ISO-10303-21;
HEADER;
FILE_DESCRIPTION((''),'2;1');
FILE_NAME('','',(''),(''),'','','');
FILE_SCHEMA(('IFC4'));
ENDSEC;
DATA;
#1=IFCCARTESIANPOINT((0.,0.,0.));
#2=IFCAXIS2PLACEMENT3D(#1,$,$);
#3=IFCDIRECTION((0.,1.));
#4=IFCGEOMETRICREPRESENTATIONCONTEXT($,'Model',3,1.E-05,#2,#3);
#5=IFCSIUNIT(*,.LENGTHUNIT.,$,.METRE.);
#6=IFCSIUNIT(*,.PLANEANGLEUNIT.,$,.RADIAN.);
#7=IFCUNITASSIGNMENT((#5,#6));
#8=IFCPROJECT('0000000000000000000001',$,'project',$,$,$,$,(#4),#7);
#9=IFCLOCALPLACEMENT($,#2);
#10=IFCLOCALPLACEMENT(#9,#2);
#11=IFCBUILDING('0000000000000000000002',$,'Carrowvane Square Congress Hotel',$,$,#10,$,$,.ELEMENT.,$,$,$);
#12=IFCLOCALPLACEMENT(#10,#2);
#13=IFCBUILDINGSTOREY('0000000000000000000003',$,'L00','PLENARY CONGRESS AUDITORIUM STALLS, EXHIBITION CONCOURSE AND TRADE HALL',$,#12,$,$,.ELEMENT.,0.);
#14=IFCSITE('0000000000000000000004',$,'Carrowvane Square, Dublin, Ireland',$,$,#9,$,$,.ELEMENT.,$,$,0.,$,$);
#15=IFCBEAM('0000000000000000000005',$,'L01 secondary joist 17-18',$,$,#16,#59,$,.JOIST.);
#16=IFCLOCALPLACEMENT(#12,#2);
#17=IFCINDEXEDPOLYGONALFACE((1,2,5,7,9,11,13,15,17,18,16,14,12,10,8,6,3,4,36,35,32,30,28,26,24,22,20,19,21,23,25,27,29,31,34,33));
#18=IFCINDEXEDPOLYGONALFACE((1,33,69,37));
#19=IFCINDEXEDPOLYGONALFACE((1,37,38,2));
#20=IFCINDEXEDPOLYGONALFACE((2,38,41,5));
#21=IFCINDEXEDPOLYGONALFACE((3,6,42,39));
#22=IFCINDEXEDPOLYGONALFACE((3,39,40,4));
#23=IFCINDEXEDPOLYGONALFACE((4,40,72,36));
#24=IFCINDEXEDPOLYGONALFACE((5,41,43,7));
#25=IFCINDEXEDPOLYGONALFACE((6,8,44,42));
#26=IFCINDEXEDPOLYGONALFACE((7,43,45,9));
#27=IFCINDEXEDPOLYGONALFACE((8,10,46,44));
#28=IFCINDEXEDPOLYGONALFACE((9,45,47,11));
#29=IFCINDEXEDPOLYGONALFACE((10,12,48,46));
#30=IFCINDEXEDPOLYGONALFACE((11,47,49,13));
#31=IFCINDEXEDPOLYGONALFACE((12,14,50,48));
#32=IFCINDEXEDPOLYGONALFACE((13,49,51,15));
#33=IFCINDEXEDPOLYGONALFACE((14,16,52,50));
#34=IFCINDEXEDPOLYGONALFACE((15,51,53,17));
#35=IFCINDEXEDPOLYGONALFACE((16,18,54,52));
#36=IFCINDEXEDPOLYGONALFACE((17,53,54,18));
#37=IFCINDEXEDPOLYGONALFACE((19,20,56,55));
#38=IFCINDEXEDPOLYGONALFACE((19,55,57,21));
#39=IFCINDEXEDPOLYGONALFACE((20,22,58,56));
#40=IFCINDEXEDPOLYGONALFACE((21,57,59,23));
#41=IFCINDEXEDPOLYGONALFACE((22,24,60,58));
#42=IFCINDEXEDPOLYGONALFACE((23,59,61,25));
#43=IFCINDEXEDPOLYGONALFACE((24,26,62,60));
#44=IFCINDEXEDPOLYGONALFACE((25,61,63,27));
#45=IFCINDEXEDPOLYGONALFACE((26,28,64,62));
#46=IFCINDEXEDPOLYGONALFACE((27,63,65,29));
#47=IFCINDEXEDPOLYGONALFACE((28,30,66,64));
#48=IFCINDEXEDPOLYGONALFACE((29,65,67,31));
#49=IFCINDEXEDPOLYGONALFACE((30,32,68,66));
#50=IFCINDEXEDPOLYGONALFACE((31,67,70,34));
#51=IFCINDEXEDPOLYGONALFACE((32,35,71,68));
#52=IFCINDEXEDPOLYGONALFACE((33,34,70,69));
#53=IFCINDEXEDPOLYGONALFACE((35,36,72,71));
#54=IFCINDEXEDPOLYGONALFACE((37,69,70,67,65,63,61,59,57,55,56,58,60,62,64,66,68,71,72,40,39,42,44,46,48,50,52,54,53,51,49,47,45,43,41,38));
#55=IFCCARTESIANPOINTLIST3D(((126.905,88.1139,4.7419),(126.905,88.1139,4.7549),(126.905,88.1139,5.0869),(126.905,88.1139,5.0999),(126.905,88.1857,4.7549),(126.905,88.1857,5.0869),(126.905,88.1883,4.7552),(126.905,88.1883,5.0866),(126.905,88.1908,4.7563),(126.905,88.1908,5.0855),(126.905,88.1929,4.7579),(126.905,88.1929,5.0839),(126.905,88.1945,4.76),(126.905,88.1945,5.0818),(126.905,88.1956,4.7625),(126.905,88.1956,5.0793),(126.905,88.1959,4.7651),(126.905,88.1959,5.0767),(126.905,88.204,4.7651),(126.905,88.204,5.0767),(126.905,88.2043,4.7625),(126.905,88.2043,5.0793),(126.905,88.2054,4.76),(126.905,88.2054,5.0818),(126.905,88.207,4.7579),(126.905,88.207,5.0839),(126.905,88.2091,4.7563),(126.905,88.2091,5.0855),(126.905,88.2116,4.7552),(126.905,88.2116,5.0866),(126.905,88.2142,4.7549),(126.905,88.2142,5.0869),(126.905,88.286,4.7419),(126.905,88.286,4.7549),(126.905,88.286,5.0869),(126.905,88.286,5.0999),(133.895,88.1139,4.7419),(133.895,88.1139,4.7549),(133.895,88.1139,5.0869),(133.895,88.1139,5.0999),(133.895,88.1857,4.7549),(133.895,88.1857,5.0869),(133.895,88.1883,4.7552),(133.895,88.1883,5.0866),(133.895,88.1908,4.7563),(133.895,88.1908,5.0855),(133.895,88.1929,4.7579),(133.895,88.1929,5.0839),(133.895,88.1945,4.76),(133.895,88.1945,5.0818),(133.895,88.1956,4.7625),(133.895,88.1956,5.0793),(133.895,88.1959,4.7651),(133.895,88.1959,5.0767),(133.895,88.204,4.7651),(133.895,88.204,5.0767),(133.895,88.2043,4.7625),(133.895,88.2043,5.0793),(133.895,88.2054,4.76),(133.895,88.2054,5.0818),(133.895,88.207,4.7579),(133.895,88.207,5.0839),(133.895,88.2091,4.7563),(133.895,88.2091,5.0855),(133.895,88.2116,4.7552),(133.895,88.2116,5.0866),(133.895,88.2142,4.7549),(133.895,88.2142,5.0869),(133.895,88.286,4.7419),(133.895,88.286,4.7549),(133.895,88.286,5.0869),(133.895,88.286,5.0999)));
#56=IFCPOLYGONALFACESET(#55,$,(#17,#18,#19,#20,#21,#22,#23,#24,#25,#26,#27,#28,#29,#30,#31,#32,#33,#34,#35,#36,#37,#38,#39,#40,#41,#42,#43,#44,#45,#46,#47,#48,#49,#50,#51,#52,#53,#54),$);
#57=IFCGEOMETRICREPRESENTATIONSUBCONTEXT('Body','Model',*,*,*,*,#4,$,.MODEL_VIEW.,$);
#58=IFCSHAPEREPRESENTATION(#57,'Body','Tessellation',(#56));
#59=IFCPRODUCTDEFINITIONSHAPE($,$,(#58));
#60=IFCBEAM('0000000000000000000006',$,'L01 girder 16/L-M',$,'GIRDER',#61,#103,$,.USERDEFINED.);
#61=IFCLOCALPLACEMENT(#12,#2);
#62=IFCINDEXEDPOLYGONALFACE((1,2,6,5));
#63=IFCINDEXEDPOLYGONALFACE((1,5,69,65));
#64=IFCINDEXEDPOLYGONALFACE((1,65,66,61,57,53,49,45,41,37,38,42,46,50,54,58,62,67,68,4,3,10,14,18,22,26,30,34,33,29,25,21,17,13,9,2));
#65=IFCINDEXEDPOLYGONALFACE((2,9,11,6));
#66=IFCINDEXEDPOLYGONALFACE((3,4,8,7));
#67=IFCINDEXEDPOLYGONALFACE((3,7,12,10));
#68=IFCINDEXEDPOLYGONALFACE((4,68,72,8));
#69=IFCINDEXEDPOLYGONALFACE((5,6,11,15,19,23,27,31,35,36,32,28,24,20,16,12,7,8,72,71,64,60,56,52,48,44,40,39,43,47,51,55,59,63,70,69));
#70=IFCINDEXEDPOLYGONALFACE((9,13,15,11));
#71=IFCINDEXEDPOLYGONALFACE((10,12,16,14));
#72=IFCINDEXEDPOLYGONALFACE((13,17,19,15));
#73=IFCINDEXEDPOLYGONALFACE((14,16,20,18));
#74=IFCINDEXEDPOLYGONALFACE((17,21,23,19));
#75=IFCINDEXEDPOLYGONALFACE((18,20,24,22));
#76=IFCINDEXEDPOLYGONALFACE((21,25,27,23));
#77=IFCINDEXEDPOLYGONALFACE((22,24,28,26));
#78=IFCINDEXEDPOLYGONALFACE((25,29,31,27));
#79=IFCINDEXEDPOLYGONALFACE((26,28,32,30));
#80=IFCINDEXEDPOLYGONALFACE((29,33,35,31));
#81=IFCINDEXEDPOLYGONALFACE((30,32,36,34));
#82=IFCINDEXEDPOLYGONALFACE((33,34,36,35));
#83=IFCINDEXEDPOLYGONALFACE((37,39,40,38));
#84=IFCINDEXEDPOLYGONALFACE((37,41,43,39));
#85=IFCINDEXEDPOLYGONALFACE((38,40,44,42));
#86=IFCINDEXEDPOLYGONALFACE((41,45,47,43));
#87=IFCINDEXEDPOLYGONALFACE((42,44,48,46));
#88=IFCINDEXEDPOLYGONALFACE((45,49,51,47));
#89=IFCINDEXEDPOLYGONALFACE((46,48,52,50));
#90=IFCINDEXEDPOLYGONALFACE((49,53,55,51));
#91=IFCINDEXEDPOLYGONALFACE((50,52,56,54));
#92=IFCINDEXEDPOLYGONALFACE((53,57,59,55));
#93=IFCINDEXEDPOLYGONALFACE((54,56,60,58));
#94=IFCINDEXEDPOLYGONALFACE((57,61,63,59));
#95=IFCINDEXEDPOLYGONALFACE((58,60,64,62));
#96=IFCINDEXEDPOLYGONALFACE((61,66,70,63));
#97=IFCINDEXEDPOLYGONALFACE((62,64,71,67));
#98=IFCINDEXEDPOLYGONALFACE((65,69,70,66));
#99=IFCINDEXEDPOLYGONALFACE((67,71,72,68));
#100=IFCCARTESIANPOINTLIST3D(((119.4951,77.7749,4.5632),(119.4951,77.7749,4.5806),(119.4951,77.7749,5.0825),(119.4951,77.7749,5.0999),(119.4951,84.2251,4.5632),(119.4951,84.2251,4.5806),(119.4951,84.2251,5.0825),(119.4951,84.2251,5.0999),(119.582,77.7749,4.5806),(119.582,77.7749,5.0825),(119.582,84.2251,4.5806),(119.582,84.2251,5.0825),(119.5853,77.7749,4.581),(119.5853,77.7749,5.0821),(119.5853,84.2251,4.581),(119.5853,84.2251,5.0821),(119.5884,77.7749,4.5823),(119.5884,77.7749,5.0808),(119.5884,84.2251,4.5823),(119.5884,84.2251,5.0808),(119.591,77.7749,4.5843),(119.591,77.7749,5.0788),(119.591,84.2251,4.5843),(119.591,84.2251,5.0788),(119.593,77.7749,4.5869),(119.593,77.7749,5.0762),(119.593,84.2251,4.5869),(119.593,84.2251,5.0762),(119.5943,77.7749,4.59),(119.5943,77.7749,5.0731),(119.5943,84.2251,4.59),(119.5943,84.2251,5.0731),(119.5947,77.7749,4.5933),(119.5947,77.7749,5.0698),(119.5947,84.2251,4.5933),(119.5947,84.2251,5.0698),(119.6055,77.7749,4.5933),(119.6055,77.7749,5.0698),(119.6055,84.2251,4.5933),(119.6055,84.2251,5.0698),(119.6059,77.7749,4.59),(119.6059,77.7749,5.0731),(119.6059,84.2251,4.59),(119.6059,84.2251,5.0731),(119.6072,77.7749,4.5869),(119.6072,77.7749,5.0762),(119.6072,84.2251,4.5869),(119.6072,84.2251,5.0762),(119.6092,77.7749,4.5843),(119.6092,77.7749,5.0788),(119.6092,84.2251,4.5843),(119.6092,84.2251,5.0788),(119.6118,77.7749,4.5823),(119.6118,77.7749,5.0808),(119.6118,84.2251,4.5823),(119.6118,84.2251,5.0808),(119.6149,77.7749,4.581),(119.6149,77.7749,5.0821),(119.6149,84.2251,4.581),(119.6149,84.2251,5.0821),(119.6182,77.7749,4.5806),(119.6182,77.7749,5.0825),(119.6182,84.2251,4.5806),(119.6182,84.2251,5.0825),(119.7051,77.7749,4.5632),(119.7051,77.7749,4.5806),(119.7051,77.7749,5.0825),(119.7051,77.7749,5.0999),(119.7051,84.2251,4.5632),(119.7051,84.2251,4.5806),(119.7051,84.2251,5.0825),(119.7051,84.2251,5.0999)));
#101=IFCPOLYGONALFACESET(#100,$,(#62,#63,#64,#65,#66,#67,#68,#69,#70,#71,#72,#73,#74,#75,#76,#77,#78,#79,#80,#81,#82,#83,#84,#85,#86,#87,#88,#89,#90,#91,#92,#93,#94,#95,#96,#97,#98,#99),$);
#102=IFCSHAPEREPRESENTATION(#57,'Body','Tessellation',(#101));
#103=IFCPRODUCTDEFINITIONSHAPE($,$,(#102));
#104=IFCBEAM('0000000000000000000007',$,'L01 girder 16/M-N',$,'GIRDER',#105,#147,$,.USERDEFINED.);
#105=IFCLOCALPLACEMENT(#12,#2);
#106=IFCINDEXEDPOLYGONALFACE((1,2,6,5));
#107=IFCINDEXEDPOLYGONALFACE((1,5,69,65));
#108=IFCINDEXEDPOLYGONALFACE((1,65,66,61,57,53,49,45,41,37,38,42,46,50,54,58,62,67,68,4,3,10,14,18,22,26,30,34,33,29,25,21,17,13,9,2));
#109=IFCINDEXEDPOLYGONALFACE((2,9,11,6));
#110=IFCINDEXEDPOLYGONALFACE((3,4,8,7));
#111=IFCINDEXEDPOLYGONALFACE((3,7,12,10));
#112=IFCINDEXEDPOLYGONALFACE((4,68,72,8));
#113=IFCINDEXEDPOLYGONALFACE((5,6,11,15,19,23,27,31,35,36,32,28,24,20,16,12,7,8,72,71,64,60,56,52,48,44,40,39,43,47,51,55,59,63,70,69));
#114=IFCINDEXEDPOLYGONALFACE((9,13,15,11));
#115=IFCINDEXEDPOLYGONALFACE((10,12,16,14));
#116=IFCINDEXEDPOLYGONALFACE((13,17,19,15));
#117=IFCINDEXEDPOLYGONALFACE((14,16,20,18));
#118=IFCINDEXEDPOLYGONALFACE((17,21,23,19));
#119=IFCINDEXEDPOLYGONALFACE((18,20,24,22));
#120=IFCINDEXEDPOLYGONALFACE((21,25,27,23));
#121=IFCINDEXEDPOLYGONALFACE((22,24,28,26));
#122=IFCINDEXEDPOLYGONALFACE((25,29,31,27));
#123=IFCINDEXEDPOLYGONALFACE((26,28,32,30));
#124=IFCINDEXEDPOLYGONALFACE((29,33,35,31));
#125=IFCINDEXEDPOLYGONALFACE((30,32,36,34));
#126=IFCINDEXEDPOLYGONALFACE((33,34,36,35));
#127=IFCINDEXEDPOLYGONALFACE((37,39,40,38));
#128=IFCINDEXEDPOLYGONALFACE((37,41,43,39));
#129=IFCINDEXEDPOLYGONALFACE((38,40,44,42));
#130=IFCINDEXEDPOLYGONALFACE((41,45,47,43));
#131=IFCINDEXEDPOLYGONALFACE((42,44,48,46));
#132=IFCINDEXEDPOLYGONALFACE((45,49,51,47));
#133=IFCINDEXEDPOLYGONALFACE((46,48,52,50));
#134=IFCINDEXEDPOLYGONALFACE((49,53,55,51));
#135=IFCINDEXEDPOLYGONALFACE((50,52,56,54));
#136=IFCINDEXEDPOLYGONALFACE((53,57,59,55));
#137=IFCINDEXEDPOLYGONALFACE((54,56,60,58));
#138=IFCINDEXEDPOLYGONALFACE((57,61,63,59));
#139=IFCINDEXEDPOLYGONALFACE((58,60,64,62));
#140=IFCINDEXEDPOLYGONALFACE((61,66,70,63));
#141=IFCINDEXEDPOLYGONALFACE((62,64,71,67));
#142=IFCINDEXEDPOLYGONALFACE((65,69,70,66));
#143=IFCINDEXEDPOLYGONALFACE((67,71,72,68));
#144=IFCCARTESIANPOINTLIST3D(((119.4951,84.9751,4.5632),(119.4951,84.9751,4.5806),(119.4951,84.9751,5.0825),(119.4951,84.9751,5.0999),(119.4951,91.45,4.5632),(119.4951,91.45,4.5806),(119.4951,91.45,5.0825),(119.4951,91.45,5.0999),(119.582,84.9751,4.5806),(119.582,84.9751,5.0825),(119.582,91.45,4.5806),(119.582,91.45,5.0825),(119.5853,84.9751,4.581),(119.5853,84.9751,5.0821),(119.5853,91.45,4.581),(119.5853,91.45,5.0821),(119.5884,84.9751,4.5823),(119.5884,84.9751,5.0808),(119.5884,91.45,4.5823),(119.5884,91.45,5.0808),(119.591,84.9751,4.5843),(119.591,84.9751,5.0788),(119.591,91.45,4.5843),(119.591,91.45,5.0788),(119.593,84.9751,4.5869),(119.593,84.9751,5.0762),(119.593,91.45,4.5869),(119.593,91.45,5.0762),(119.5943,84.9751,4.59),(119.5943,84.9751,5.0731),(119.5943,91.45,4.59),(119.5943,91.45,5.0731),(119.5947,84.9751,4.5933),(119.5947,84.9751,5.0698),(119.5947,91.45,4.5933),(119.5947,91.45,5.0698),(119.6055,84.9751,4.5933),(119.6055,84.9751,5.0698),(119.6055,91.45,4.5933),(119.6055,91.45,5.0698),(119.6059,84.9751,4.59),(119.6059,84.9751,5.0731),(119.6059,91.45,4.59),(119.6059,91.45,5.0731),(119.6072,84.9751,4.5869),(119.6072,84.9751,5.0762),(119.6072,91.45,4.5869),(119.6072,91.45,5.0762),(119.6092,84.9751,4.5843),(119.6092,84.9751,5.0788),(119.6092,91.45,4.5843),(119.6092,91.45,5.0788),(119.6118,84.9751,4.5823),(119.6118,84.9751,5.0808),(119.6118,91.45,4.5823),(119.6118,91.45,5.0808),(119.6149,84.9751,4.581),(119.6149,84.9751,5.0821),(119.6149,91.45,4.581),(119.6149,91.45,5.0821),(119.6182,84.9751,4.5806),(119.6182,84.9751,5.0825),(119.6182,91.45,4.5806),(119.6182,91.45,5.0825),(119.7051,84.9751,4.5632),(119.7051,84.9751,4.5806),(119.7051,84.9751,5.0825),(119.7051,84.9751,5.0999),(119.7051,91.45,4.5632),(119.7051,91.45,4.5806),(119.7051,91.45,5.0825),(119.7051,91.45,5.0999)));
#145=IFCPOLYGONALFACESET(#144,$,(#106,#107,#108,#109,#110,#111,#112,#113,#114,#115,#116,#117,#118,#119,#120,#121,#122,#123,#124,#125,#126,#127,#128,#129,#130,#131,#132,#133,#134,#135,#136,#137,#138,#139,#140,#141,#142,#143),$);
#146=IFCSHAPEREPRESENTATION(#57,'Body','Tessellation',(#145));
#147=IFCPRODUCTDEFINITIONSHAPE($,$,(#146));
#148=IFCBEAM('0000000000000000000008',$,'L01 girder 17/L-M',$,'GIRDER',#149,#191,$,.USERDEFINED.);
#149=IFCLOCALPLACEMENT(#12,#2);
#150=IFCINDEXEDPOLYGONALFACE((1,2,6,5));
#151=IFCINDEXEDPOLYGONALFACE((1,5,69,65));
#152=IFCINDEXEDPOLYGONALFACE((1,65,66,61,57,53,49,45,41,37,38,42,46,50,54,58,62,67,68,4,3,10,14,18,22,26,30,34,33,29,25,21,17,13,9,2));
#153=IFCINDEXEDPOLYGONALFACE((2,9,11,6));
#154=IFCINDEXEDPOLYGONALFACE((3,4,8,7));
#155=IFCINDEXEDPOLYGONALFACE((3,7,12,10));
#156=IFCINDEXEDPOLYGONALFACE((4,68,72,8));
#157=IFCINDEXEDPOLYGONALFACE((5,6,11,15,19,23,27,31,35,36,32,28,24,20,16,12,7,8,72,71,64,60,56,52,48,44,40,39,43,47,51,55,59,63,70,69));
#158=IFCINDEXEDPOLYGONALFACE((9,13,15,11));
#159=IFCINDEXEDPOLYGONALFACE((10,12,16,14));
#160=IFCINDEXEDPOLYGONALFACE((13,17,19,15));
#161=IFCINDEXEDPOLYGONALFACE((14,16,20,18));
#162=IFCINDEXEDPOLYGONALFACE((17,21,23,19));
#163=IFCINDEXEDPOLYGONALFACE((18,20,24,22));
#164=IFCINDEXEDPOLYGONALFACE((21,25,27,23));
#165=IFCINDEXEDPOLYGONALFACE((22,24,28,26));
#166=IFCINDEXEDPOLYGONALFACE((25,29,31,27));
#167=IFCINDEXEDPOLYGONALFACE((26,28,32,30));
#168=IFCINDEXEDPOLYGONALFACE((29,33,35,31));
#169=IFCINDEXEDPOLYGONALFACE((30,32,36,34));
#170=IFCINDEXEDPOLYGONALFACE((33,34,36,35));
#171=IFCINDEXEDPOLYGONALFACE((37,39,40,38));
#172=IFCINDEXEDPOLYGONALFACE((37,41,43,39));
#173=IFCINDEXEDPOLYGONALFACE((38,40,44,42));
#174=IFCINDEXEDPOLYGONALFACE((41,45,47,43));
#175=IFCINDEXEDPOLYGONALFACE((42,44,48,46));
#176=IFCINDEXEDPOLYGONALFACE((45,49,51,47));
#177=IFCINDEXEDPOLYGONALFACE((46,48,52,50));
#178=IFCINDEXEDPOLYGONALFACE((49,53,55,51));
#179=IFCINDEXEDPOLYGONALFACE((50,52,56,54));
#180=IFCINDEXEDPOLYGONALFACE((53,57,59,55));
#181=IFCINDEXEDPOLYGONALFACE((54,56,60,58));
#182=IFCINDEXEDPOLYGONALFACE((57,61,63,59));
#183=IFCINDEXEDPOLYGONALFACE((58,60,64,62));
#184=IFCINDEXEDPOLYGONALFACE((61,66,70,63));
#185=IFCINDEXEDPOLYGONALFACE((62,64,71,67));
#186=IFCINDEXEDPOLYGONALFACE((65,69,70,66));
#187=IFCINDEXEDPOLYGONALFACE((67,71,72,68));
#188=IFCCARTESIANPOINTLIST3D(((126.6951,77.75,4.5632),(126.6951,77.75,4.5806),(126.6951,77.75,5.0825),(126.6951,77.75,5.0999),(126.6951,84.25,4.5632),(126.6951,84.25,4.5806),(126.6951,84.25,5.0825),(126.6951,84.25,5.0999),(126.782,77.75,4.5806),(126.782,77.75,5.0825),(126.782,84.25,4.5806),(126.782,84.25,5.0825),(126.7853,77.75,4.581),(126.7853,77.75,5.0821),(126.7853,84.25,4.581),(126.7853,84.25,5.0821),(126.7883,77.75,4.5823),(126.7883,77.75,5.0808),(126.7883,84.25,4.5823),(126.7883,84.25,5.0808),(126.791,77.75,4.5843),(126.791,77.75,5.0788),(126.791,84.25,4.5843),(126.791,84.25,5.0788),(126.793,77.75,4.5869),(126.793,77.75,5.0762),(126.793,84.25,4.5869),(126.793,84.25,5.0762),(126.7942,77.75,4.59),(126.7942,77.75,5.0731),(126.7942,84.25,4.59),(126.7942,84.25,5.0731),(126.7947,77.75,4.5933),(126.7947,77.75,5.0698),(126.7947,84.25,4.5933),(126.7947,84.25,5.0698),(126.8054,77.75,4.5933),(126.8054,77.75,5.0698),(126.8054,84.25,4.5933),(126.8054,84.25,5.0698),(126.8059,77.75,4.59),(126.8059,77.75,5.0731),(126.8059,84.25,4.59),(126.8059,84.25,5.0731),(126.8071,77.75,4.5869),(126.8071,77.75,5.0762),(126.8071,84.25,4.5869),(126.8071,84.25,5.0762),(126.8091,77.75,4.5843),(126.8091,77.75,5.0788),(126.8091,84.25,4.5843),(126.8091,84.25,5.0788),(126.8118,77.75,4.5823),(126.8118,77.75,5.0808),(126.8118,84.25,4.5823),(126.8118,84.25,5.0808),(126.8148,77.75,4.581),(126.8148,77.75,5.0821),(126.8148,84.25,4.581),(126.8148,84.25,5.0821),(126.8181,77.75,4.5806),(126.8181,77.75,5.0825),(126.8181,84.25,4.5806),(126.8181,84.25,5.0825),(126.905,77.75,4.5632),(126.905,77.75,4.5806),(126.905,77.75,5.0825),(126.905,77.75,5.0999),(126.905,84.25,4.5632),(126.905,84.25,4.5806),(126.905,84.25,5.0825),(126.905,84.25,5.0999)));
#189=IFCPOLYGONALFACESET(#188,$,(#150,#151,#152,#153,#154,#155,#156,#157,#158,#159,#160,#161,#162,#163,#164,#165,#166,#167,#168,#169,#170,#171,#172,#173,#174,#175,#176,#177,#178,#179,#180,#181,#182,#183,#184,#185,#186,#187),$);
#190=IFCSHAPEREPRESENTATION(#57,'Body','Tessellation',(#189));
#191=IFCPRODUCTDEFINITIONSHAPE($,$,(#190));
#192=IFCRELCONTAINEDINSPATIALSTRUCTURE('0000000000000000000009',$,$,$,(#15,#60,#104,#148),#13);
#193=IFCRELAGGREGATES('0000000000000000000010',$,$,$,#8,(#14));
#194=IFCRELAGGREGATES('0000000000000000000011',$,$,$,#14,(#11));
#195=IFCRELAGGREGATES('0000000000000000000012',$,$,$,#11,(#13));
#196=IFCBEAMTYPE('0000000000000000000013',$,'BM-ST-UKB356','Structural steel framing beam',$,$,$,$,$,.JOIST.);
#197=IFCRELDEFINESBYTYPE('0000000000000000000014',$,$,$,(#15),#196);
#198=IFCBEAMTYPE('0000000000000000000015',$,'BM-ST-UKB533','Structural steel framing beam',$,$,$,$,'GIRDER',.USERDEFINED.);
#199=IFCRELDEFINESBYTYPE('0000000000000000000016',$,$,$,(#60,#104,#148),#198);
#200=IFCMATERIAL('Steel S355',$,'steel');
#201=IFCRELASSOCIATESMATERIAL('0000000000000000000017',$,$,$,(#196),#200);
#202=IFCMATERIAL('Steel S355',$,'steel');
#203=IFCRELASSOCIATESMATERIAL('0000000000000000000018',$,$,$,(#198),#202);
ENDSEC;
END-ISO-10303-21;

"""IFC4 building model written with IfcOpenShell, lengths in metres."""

from ifc_helpers import new_model, si_unit, direction, frame, origin, origin_2d, place, context, subcontext, project, spatial, i_section, extrude, material, material_profile, profile_set, type_object, element, save


model = new_model("IFC4")

# Units and contexts
model_context = context("Model", 3, precision=1e-05, world=origin(), true_north=direction((0.0, 1.0)))
body_context = subcontext(model_context, "Body", "Model", "MODEL_VIEW")
ifc_project = project(units=[si_unit("LENGTHUNIT", "METRE"), si_unit("PLANEANGLEUNIT", "RADIAN")], contexts=[model_context])

# Site, building, storey
site_placement = place(None, origin())
site = spatial("IfcSite", under=ifc_project, at=site_placement, Name="Carrowvane Square, Dublin, Ireland", CompositionType="ELEMENT", RefElevation=0.0)
building_placement = place(site_placement, origin())
building = spatial("IfcBuilding", under=site, at=building_placement, Name="Carrowvane Square Congress Hotel", CompositionType="ELEMENT")
storey_placement = place(building_placement, origin())
storey = spatial("IfcBuildingStorey", under=building, at=storey_placement, Name="L00", Description="PLENARY CONGRESS AUDITORIUM STALLS, EXHIBITION CONCOURSE AND TRADE HALL", CompositionType="ELEMENT", Elevation=0.0)

# Beams
ifc_material_1 = material(Name="Steel S355", Category="steel")
ifc_material_profile_1 = material_profile(ifc_material_1, i_section(OverallWidth=0.1721, OverallDepth=0.3579, WebThickness=0.0081, FlangeThickness=0.0129, FilletRadius=0.0103, at=origin_2d()), Name="UKB 356x171x57")
ifc_profile_set_1 = profile_set([ifc_material_profile_1], Name="Steel S355")
beam_type_1 = type_object("IfcBeamType", Name="BM-ST-UKB356", Description="Structural steel framing beam", PredefinedType="JOIST", material=ifc_profile_set_1)
for number, where, z_axis, x_axis, name in (
    (1, (126.905, 88.2, 4.9209), (1.0, 0.0, 0.0), (0.0, 1.0, 0.0), "L01 secondary joist 17-18"),
):
    element("IfcBeam", number, at=place(storey_placement, frame(where, z_axis=z_axis, x_axis=x_axis)), inside=storey, type_object=beam_type_1, Name=name, PredefinedType="JOIST", context=body_context, shape_type="SweptSolid", body=[
        extrude(i_section(OverallWidth=0.1721, OverallDepth=0.3579, WebThickness=0.0081, FlangeThickness=0.0129, FilletRadius=0.0103, at=origin_2d()), origin(), (0.0, 0.0, 1.0), 6.99),
    ])
ifc_material_2 = material(Name="Steel S355", Category="steel")
ifc_material_profile_2 = material_profile(ifc_material_2, i_section(OverallWidth=0.21, OverallDepth=0.5366, WebThickness=0.0107, FlangeThickness=0.0173, FilletRadius=0.0127, at=origin_2d()), Name="UKB 533x210x101")
ifc_profile_set_2 = profile_set([ifc_material_profile_2], Name="Steel S355")
beam_type_2 = type_object("IfcBeamType", Name="BM-ST-UKB533", Description="Structural steel framing beam", ElementType="GIRDER", PredefinedType="USERDEFINED", material=ifc_profile_set_2)
beam_1_placement = place(storey_placement, frame((119.6001, 77.7749, 4.8315), z_axis=(0.0, 1.0, 0.0), x_axis=(-1.0, 0.0, 0.0)))
element("IfcBeam", 2, at=beam_1_placement, inside=storey, type_object=beam_type_2, Name="L01 girder 16/L-M", ObjectType="GIRDER", PredefinedType="USERDEFINED", context=body_context, shape_type="SweptSolid", body=[
    extrude(i_section(OverallWidth=0.21, OverallDepth=0.5366, WebThickness=0.0107, FlangeThickness=0.0173, FilletRadius=0.0127, at=origin_2d()), origin(), (0.0, 0.0, 1.0), 6.4502),
])
beam_2_placement = place(storey_placement, frame((119.6001, 84.9751, 4.8315), z_axis=(0.0, 1.0, 0.0), x_axis=(-1.0, 0.0, 0.0)))
element("IfcBeam", 3, at=beam_2_placement, inside=storey, type_object=beam_type_2, Name="L01 girder 16/M-N", ObjectType="GIRDER", PredefinedType="USERDEFINED", context=body_context, shape_type="SweptSolid", body=[
    extrude(i_section(OverallWidth=0.21, OverallDepth=0.5366, WebThickness=0.0107, FlangeThickness=0.0173, FilletRadius=0.0127, at=origin_2d()), origin(), (0.0, 0.0, 1.0), 6.4749),
])
for number, where, z_axis, x_axis, name in (
    (4, (126.8, 77.75, 4.8315), (0.0, 1.0, 0.0), (-1.0, 0.0, 0.0), "L01 girder 17/L-M"),
):
    element("IfcBeam", number, at=place(storey_placement, frame(where, z_axis=z_axis, x_axis=x_axis)), inside=storey, type_object=beam_type_2, Name=name, ObjectType="GIRDER", PredefinedType="USERDEFINED", context=body_context, shape_type="SweptSolid", body=[
        extrude(i_section(OverallWidth=0.21, OverallDepth=0.5366, WebThickness=0.0107, FlangeThickness=0.0173, FilletRadius=0.0127, at=origin_2d()), origin(), (0.0, 0.0, 1.0), 6.5),
    ])

save(model, "model.ifc")
